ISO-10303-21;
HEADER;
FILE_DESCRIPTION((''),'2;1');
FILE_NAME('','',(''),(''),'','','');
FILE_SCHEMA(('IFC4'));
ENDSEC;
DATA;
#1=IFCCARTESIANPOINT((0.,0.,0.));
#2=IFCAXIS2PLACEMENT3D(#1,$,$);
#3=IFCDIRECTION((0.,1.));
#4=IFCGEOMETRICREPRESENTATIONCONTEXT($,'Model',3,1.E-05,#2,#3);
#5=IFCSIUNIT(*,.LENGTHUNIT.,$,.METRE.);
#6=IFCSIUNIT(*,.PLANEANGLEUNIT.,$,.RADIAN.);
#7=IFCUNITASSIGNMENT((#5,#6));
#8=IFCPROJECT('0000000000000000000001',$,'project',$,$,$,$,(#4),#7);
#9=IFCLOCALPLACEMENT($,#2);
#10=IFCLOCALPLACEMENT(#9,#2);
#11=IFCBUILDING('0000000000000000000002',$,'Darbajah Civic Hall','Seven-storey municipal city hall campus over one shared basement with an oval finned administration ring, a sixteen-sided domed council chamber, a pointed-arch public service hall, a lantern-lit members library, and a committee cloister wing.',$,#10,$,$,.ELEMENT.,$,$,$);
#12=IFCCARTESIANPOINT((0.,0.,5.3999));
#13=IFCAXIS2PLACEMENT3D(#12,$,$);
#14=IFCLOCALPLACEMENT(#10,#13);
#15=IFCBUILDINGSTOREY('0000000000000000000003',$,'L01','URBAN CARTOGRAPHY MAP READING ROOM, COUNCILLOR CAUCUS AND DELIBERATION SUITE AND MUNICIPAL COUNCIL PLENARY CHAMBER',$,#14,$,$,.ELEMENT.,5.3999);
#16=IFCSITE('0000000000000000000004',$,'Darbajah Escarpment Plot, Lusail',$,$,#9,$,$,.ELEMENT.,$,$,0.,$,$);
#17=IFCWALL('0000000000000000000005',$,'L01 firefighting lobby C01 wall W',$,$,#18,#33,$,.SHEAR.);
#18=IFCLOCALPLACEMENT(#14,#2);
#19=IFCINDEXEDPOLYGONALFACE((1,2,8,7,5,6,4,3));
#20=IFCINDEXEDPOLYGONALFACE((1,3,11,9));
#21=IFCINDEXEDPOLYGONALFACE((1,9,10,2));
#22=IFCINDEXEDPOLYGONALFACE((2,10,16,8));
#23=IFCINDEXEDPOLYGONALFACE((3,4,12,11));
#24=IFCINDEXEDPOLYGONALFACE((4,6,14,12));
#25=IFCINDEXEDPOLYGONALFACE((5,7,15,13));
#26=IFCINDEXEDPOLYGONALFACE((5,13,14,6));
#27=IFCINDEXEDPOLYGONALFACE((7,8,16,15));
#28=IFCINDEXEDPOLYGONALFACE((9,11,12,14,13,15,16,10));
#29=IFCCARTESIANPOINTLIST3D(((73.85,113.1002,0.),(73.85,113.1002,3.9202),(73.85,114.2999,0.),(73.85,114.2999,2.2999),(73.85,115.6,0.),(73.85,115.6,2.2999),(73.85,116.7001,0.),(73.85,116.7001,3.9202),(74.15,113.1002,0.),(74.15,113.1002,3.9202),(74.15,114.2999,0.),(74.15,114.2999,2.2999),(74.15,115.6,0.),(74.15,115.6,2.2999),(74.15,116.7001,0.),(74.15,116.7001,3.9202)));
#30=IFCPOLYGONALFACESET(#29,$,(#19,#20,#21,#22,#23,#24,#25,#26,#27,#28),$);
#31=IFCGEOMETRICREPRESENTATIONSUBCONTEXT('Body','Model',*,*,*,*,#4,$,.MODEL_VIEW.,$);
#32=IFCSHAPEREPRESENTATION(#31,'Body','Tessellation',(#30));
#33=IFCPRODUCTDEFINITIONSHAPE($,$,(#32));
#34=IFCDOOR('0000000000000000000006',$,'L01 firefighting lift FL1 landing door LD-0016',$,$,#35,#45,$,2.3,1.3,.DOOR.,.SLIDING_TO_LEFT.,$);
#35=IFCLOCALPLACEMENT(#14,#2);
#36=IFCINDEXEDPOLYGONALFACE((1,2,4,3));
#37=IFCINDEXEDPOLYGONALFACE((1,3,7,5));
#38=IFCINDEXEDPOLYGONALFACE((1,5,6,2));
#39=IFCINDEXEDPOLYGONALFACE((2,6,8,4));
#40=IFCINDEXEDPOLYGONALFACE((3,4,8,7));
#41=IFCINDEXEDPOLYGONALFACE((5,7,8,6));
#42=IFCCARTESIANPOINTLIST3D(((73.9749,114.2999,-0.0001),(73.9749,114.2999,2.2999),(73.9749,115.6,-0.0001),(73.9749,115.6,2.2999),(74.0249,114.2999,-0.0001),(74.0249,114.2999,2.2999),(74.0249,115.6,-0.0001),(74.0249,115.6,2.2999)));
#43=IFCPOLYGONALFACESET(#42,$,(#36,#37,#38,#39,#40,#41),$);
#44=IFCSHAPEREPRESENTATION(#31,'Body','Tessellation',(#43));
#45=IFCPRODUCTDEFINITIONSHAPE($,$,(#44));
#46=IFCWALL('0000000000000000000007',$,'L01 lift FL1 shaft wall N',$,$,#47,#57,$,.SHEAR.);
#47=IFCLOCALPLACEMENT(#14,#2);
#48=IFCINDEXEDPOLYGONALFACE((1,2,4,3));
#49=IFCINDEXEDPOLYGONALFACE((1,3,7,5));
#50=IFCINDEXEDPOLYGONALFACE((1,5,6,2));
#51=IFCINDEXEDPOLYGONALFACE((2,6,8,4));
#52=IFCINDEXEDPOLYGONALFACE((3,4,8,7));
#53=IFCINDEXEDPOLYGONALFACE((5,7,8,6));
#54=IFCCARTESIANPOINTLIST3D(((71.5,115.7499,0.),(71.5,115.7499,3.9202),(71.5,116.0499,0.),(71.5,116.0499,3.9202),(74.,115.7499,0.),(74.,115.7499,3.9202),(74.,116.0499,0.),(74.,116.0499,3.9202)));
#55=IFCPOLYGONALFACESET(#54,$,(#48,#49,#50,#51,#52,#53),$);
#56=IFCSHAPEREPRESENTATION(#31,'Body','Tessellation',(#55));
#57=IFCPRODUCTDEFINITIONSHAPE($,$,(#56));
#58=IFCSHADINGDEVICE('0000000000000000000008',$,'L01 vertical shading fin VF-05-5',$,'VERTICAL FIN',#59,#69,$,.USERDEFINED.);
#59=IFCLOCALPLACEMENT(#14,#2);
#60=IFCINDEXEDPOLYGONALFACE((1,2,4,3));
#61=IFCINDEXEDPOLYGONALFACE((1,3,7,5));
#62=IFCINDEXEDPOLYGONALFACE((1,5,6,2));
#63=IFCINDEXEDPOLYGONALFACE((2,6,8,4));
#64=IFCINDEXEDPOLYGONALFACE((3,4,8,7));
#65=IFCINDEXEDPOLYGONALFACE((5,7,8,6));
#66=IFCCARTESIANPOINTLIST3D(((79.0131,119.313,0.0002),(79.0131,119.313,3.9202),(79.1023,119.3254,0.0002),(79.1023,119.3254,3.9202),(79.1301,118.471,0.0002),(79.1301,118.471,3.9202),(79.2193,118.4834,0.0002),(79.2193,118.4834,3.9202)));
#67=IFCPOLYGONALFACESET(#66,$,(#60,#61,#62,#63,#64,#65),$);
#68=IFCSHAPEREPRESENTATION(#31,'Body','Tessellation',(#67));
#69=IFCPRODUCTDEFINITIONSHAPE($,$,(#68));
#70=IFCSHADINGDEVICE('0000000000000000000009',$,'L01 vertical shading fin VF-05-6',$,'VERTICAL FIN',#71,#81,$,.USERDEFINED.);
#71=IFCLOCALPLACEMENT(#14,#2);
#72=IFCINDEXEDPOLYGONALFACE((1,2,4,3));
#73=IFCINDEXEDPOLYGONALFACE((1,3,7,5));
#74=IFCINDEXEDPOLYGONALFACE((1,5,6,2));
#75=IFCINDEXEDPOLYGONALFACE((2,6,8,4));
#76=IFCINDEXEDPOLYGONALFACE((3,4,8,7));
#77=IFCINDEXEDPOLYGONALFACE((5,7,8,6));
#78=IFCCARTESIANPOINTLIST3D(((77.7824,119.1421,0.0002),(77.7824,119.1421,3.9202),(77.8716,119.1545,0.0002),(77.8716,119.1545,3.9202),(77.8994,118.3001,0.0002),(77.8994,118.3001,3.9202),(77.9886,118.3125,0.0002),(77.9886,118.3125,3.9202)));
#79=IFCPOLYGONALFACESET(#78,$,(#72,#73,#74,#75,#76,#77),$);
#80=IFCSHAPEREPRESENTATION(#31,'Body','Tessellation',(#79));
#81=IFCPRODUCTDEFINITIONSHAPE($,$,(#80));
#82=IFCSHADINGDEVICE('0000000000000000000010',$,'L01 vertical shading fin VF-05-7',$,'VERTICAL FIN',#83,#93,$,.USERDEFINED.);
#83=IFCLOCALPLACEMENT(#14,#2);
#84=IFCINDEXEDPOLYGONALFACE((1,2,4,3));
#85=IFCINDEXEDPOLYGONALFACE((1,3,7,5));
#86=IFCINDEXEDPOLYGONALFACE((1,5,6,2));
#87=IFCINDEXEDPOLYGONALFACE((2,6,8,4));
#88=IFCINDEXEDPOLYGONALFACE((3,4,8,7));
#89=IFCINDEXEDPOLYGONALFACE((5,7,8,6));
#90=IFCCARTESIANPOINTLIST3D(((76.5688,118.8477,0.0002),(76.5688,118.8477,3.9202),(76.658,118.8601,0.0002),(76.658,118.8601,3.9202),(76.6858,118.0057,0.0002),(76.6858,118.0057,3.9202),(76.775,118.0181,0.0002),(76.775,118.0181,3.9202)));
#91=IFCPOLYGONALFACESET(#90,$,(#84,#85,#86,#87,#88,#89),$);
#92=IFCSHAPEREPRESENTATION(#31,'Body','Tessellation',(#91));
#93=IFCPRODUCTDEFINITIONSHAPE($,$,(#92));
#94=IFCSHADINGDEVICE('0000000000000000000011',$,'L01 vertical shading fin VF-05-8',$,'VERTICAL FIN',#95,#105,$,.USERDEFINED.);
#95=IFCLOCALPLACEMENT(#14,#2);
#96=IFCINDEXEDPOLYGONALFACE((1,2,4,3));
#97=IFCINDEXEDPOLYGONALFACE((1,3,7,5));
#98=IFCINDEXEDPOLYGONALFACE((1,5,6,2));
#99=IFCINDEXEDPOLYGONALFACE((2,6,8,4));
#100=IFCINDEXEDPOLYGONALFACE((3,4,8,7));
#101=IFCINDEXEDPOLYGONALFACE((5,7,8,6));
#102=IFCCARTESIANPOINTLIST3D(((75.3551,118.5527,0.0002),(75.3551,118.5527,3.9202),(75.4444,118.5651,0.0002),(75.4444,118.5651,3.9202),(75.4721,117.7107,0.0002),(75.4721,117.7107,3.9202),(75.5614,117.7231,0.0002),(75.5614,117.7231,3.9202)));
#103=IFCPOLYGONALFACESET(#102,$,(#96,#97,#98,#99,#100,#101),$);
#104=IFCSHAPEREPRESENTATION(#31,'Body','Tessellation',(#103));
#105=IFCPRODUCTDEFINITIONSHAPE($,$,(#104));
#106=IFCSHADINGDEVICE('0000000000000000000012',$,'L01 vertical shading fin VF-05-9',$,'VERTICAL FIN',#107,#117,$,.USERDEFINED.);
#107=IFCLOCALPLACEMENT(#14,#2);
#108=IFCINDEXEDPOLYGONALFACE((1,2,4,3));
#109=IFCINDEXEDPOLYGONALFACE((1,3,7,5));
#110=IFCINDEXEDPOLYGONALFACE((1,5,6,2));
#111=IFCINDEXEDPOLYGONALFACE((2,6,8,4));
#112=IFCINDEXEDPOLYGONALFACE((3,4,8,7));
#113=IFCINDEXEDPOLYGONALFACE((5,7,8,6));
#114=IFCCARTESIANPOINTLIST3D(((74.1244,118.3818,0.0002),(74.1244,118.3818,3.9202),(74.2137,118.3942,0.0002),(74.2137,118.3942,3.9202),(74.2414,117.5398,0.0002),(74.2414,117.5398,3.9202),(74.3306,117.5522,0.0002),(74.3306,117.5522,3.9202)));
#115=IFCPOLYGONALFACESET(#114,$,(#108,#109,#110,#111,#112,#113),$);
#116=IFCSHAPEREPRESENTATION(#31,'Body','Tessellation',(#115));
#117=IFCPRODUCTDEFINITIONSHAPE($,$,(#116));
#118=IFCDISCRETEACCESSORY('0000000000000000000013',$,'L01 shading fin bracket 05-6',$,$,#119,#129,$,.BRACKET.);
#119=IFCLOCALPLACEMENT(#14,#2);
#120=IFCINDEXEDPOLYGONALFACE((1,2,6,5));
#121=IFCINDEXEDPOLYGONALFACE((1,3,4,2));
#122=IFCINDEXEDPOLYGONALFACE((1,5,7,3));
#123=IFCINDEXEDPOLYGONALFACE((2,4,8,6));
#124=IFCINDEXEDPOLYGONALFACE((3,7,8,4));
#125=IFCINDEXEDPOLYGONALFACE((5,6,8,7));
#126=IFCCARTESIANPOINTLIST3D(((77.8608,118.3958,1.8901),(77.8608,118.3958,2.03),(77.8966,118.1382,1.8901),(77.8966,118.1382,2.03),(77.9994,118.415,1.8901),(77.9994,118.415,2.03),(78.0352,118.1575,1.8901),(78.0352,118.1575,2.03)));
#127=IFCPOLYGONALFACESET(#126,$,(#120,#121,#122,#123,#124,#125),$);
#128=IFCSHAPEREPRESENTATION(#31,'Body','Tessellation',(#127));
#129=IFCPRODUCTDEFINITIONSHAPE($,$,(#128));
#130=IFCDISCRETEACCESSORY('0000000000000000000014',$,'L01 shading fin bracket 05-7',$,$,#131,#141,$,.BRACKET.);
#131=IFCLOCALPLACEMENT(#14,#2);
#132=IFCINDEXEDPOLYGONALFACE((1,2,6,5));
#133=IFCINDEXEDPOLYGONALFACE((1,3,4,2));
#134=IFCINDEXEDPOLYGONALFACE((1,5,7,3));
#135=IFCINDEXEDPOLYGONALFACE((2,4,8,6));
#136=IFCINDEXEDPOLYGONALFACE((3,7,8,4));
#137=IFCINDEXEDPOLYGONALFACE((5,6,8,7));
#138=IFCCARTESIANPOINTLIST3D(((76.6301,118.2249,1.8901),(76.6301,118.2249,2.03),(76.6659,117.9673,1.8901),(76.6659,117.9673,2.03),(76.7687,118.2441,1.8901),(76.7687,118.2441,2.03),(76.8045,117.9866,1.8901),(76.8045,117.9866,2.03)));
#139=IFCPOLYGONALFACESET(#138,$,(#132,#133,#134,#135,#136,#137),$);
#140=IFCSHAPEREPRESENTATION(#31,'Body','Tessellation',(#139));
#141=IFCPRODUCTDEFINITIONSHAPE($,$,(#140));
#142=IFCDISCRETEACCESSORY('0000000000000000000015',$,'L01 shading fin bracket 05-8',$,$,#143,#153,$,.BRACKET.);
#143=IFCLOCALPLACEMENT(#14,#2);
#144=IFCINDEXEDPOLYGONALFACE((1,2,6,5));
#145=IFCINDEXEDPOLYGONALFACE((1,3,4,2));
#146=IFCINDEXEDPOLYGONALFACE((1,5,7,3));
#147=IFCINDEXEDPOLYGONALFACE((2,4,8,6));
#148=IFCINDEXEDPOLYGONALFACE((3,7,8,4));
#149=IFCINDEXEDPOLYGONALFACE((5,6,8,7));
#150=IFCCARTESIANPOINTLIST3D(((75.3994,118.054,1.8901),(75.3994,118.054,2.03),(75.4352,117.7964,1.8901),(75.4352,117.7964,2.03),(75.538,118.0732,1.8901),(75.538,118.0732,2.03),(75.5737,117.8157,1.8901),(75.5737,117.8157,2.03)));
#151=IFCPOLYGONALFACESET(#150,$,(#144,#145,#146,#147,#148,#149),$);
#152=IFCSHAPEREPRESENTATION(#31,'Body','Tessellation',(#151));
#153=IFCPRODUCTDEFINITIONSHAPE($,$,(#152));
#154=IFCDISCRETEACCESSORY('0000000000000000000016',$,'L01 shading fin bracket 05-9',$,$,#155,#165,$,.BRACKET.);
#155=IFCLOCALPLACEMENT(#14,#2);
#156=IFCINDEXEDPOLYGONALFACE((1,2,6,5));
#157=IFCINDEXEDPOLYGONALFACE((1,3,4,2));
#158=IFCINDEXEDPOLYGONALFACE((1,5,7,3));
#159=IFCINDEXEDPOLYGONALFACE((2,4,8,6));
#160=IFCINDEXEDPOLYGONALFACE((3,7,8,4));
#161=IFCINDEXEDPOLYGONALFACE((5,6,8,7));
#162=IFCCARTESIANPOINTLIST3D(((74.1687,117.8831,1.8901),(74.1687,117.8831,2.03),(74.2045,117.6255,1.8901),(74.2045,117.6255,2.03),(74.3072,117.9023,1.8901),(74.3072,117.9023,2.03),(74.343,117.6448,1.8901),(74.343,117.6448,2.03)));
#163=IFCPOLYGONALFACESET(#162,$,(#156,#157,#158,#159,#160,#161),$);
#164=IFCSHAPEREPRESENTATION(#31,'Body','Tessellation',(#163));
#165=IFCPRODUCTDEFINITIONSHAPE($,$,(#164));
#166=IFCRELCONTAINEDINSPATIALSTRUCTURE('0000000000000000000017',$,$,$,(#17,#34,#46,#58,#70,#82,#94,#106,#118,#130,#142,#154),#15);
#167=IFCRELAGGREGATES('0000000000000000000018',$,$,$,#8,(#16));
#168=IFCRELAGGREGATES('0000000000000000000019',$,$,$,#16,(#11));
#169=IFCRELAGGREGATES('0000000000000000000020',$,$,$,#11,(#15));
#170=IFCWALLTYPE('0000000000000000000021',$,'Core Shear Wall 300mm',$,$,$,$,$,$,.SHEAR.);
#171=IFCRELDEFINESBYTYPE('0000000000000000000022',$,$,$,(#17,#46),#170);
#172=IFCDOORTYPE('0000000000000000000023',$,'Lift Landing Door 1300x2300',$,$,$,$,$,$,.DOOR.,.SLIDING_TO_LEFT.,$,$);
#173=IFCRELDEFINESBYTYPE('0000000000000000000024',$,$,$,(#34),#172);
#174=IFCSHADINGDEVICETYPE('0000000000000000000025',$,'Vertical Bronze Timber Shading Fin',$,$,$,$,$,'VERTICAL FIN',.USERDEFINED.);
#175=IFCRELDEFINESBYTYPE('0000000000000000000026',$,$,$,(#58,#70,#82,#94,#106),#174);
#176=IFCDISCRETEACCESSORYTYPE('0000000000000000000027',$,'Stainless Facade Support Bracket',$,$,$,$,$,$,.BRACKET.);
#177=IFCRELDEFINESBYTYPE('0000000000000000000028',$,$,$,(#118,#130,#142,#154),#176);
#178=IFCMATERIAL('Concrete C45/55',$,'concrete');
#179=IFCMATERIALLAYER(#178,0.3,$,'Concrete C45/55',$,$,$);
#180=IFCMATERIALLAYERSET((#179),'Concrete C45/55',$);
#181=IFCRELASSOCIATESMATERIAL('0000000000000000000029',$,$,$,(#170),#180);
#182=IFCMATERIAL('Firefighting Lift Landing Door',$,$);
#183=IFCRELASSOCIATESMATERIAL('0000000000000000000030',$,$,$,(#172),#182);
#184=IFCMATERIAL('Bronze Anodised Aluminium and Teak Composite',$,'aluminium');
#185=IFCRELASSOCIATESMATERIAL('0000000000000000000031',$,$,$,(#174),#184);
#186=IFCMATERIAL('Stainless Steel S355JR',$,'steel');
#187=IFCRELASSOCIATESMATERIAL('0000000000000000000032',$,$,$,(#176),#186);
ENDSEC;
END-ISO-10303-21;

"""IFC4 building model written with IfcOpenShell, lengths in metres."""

from ifc_helpers import new_model, si_unit, direction, frame, frame_2d, origin, origin_2d, place, context, subcontext, project, spatial, rectangle, extrude, material, layer, layer_set, type_object, element, fill, save


model = new_model("IFC4")

# Units and contexts
model_context = context("Model", 3, precision=1e-05, world=origin(), true_north=direction((0.0, 1.0)))
body_context = subcontext(model_context, "Body", "Model", "MODEL_VIEW")
ifc_project = project(units=[si_unit("LENGTHUNIT", "METRE"), si_unit("PLANEANGLEUNIT", "RADIAN")], contexts=[model_context])

# Site, building, storey
site_placement = place(None, origin())
site = spatial("IfcSite", under=ifc_project, at=site_placement, Name="Darbajah Escarpment Plot, Lusail", CompositionType="ELEMENT", RefElevation=0.0)
building_placement = place(site_placement, origin())
building = spatial("IfcBuilding", under=site, at=building_placement, Name="Darbajah Civic Hall", Description="Seven-storey municipal city hall campus over one shared basement with an oval finned administration ring, a sixteen-sided domed council chamber, a pointed-arch public service hall, a lantern-lit members library, and a committee cloister wing.", CompositionType="ELEMENT")
storey_placement = place(building_placement, frame((0.0, 0.0, 5.3999)))
storey = spatial("IfcBuildingStorey", under=building, at=storey_placement, Name="L01", Description="URBAN CARTOGRAPHY MAP READING ROOM, COUNCILLOR CAUCUS AND DELIBERATION SUITE AND MUNICIPAL COUNCIL PLENARY CHAMBER", CompositionType="ELEMENT", Elevation=5.3999)

# Wall, opening, door
ifc_material_1 = material(Name="Concrete C45/55", Category="concrete")
ifc_layer_1 = layer(ifc_material_1, 0.3, Name="Concrete C45/55")
ifc_layer_set_1 = layer_set([ifc_layer_1], Name="Concrete C45/55")
wall_type = type_object("IfcWallType", Name="Core Shear Wall 300mm", PredefinedType="SHEAR", material=ifc_layer_set_1)
wall_1_placement = place(storey_placement, frame((74.0, 116.7, 0.0), z_axis=(0.0, 0.0, 1.0), x_axis=(0.0, -1.0, 0.0)))
wall_1 = element("IfcWall", 1, at=wall_1_placement, inside=storey, type_object=wall_type, Name="L01 firefighting lobby C01 wall W", PredefinedType="SHEAR", context=body_context, shape_type="SweptSolid", body=[
    extrude(rectangle(XDim=3.5999, YDim=0.3, at=frame_2d((1.7998, 0.0))), origin(), (0.0, 0.0, 1.0), 3.9202),
])
opening_placement = place(wall_1_placement, frame((1.1001, 0.0, 0.0)))
opening = element("IfcOpeningElement", 2, at=opening_placement, cuts=wall_1, PredefinedType="OPENING", context=body_context, shape_type="SweptSolid", body=[
    extrude(rectangle(XDim=1.3, YDim=2.3, at=frame_2d((0.6499, 1.1499))), frame((0.0, 0.1599, 0.0), z_axis=(0.0, -1.0, 0.0), x_axis=(1.0, 0.0, 0.0)), (0.0, 0.0, 1.0), 0.3201),
])
ifc_material_2 = material(Name="Firefighting Lift Landing Door")
door_type = type_object("IfcDoorType", Name="Lift Landing Door 1300x2300", OperationType="SLIDING_TO_LEFT", PredefinedType="DOOR", material=ifc_material_2)
door_placement = place(opening_placement, origin())
door = element("IfcDoor", 3, at=door_placement, inside=storey, type_object=door_type, Name="L01 firefighting lift FL1 landing door LD-0016", OperationType="SLIDING_TO_LEFT", OverallHeight=2.3, OverallWidth=1.3, PredefinedType="DOOR", context=body_context, shape_type="SweptSolid", body=[
    extrude(rectangle(XDim=1.3, YDim=2.3, at=frame_2d((0.6499, 1.1499))), frame((0.0, 0.0249, 0.0), z_axis=(0.0, -1.0, 0.0), x_axis=(1.0, 0.0, 0.0)), (0.0, 0.0, 1.0), 0.05),
])
fill(opening, door)

# Wall
wall_2_placement = place(storey_placement, frame((74.0, 115.8999, 0.0), z_axis=(0.0, 0.0, 1.0), x_axis=(-1.0, 0.0, 0.0)))
element("IfcWall", 4, at=wall_2_placement, inside=storey, type_object=wall_type, Name="L01 lift FL1 shaft wall N", PredefinedType="SHEAR", context=body_context, shape_type="SweptSolid", body=[
    extrude(rectangle(XDim=2.5, YDim=0.3, at=frame_2d((1.25, 0.0))), origin(), (0.0, 0.0, 1.0), 3.9202),
])

# Shading devices
ifc_material_3 = material(Name="Bronze Anodised Aluminium and Teak Composite", Category="aluminium")
shading_device_type = type_object("IfcShadingDeviceType", Name="Vertical Bronze Timber Shading Fin", ElementType="VERTICAL FIN", PredefinedType="USERDEFINED", material=ifc_material_3)
for number, where, z_axis, x_axis, name in (
    (5, (79.1162, 118.8982, 0.0002), (0.0, 0.0, 1.0), (-0.137617, 0.990485, 0.0), "L01 vertical shading fin VF-05-5"),
    (6, (77.8855, 118.7273, 0.0002), (0.0, 0.0, 1.0), (-0.137617, 0.990485, 0.0), "L01 vertical shading fin VF-05-6"),
    (7, (76.6719, 118.4329, 0.0002), (0.0, 0.0, 1.0), (-0.137617, 0.990485, 0.0), "L01 vertical shading fin VF-05-7"),
    (8, (75.4583, 118.1379, 0.0002), (0.0, 0.0, 1.0), (-0.137617, 0.990485, 0.0), "L01 vertical shading fin VF-05-8"),
    (9, (74.2275, 117.967, 0.0002), (0.0, 0.0, 1.0), (-0.137617, 0.990485, 0.0), "L01 vertical shading fin VF-05-9"),
):
    element("IfcShadingDevice", number, at=place(storey_placement, frame(where, z_axis=z_axis, x_axis=x_axis)), inside=storey, type_object=shading_device_type, Name=name, ObjectType="VERTICAL FIN", PredefinedType="USERDEFINED", context=body_context, shape_type="SweptSolid", body=[
        extrude(rectangle(XDim=0.8501, YDim=0.0901, at=origin_2d()), origin(), (0.0, 0.0, 1.0), 3.9199),
    ])

# Discrete accessories
ifc_material_4 = material(Name="Stainless Steel S355JR", Category="steel")
discrete_accessory_type = type_object("IfcDiscreteAccessoryType", Name="Stainless Facade Support Bracket", PredefinedType="BRACKET", material=ifc_material_4)
for number, where, z_axis, x_axis, name in (
    (10, (77.948, 118.2766, 1.8901), (0.0, 0.0, 1.0), (-0.137617, 0.990485, 0.0), "L01 shading fin bracket 05-6"),
    (11, (76.7173, 118.1057, 1.8901), (0.0, 0.0, 1.0), (-0.137617, 0.990485, 0.0), "L01 shading fin bracket 05-7"),
    (12, (75.4866, 117.9348, 1.8901), (0.0, 0.0, 1.0), (-0.137617, 0.990485, 0.0), "L01 shading fin bracket 05-8"),
    (13, (74.2559, 117.7639, 1.8901), (0.0, 0.0, 1.0), (-0.137617, 0.990485, 0.0), "L01 shading fin bracket 05-9"),
):
    element("IfcDiscreteAccessory", number, at=place(storey_placement, frame(where, z_axis=z_axis, x_axis=x_axis)), inside=storey, type_object=discrete_accessory_type, Name=name, PredefinedType="BRACKET", context=body_context, shape_type="SweptSolid", body=[
        extrude(rectangle(XDim=0.26, YDim=0.1399, at=origin_2d()), origin(), (0.0, 0.0, 1.0), 0.1399),
    ])

save(model, "model.ifc")
